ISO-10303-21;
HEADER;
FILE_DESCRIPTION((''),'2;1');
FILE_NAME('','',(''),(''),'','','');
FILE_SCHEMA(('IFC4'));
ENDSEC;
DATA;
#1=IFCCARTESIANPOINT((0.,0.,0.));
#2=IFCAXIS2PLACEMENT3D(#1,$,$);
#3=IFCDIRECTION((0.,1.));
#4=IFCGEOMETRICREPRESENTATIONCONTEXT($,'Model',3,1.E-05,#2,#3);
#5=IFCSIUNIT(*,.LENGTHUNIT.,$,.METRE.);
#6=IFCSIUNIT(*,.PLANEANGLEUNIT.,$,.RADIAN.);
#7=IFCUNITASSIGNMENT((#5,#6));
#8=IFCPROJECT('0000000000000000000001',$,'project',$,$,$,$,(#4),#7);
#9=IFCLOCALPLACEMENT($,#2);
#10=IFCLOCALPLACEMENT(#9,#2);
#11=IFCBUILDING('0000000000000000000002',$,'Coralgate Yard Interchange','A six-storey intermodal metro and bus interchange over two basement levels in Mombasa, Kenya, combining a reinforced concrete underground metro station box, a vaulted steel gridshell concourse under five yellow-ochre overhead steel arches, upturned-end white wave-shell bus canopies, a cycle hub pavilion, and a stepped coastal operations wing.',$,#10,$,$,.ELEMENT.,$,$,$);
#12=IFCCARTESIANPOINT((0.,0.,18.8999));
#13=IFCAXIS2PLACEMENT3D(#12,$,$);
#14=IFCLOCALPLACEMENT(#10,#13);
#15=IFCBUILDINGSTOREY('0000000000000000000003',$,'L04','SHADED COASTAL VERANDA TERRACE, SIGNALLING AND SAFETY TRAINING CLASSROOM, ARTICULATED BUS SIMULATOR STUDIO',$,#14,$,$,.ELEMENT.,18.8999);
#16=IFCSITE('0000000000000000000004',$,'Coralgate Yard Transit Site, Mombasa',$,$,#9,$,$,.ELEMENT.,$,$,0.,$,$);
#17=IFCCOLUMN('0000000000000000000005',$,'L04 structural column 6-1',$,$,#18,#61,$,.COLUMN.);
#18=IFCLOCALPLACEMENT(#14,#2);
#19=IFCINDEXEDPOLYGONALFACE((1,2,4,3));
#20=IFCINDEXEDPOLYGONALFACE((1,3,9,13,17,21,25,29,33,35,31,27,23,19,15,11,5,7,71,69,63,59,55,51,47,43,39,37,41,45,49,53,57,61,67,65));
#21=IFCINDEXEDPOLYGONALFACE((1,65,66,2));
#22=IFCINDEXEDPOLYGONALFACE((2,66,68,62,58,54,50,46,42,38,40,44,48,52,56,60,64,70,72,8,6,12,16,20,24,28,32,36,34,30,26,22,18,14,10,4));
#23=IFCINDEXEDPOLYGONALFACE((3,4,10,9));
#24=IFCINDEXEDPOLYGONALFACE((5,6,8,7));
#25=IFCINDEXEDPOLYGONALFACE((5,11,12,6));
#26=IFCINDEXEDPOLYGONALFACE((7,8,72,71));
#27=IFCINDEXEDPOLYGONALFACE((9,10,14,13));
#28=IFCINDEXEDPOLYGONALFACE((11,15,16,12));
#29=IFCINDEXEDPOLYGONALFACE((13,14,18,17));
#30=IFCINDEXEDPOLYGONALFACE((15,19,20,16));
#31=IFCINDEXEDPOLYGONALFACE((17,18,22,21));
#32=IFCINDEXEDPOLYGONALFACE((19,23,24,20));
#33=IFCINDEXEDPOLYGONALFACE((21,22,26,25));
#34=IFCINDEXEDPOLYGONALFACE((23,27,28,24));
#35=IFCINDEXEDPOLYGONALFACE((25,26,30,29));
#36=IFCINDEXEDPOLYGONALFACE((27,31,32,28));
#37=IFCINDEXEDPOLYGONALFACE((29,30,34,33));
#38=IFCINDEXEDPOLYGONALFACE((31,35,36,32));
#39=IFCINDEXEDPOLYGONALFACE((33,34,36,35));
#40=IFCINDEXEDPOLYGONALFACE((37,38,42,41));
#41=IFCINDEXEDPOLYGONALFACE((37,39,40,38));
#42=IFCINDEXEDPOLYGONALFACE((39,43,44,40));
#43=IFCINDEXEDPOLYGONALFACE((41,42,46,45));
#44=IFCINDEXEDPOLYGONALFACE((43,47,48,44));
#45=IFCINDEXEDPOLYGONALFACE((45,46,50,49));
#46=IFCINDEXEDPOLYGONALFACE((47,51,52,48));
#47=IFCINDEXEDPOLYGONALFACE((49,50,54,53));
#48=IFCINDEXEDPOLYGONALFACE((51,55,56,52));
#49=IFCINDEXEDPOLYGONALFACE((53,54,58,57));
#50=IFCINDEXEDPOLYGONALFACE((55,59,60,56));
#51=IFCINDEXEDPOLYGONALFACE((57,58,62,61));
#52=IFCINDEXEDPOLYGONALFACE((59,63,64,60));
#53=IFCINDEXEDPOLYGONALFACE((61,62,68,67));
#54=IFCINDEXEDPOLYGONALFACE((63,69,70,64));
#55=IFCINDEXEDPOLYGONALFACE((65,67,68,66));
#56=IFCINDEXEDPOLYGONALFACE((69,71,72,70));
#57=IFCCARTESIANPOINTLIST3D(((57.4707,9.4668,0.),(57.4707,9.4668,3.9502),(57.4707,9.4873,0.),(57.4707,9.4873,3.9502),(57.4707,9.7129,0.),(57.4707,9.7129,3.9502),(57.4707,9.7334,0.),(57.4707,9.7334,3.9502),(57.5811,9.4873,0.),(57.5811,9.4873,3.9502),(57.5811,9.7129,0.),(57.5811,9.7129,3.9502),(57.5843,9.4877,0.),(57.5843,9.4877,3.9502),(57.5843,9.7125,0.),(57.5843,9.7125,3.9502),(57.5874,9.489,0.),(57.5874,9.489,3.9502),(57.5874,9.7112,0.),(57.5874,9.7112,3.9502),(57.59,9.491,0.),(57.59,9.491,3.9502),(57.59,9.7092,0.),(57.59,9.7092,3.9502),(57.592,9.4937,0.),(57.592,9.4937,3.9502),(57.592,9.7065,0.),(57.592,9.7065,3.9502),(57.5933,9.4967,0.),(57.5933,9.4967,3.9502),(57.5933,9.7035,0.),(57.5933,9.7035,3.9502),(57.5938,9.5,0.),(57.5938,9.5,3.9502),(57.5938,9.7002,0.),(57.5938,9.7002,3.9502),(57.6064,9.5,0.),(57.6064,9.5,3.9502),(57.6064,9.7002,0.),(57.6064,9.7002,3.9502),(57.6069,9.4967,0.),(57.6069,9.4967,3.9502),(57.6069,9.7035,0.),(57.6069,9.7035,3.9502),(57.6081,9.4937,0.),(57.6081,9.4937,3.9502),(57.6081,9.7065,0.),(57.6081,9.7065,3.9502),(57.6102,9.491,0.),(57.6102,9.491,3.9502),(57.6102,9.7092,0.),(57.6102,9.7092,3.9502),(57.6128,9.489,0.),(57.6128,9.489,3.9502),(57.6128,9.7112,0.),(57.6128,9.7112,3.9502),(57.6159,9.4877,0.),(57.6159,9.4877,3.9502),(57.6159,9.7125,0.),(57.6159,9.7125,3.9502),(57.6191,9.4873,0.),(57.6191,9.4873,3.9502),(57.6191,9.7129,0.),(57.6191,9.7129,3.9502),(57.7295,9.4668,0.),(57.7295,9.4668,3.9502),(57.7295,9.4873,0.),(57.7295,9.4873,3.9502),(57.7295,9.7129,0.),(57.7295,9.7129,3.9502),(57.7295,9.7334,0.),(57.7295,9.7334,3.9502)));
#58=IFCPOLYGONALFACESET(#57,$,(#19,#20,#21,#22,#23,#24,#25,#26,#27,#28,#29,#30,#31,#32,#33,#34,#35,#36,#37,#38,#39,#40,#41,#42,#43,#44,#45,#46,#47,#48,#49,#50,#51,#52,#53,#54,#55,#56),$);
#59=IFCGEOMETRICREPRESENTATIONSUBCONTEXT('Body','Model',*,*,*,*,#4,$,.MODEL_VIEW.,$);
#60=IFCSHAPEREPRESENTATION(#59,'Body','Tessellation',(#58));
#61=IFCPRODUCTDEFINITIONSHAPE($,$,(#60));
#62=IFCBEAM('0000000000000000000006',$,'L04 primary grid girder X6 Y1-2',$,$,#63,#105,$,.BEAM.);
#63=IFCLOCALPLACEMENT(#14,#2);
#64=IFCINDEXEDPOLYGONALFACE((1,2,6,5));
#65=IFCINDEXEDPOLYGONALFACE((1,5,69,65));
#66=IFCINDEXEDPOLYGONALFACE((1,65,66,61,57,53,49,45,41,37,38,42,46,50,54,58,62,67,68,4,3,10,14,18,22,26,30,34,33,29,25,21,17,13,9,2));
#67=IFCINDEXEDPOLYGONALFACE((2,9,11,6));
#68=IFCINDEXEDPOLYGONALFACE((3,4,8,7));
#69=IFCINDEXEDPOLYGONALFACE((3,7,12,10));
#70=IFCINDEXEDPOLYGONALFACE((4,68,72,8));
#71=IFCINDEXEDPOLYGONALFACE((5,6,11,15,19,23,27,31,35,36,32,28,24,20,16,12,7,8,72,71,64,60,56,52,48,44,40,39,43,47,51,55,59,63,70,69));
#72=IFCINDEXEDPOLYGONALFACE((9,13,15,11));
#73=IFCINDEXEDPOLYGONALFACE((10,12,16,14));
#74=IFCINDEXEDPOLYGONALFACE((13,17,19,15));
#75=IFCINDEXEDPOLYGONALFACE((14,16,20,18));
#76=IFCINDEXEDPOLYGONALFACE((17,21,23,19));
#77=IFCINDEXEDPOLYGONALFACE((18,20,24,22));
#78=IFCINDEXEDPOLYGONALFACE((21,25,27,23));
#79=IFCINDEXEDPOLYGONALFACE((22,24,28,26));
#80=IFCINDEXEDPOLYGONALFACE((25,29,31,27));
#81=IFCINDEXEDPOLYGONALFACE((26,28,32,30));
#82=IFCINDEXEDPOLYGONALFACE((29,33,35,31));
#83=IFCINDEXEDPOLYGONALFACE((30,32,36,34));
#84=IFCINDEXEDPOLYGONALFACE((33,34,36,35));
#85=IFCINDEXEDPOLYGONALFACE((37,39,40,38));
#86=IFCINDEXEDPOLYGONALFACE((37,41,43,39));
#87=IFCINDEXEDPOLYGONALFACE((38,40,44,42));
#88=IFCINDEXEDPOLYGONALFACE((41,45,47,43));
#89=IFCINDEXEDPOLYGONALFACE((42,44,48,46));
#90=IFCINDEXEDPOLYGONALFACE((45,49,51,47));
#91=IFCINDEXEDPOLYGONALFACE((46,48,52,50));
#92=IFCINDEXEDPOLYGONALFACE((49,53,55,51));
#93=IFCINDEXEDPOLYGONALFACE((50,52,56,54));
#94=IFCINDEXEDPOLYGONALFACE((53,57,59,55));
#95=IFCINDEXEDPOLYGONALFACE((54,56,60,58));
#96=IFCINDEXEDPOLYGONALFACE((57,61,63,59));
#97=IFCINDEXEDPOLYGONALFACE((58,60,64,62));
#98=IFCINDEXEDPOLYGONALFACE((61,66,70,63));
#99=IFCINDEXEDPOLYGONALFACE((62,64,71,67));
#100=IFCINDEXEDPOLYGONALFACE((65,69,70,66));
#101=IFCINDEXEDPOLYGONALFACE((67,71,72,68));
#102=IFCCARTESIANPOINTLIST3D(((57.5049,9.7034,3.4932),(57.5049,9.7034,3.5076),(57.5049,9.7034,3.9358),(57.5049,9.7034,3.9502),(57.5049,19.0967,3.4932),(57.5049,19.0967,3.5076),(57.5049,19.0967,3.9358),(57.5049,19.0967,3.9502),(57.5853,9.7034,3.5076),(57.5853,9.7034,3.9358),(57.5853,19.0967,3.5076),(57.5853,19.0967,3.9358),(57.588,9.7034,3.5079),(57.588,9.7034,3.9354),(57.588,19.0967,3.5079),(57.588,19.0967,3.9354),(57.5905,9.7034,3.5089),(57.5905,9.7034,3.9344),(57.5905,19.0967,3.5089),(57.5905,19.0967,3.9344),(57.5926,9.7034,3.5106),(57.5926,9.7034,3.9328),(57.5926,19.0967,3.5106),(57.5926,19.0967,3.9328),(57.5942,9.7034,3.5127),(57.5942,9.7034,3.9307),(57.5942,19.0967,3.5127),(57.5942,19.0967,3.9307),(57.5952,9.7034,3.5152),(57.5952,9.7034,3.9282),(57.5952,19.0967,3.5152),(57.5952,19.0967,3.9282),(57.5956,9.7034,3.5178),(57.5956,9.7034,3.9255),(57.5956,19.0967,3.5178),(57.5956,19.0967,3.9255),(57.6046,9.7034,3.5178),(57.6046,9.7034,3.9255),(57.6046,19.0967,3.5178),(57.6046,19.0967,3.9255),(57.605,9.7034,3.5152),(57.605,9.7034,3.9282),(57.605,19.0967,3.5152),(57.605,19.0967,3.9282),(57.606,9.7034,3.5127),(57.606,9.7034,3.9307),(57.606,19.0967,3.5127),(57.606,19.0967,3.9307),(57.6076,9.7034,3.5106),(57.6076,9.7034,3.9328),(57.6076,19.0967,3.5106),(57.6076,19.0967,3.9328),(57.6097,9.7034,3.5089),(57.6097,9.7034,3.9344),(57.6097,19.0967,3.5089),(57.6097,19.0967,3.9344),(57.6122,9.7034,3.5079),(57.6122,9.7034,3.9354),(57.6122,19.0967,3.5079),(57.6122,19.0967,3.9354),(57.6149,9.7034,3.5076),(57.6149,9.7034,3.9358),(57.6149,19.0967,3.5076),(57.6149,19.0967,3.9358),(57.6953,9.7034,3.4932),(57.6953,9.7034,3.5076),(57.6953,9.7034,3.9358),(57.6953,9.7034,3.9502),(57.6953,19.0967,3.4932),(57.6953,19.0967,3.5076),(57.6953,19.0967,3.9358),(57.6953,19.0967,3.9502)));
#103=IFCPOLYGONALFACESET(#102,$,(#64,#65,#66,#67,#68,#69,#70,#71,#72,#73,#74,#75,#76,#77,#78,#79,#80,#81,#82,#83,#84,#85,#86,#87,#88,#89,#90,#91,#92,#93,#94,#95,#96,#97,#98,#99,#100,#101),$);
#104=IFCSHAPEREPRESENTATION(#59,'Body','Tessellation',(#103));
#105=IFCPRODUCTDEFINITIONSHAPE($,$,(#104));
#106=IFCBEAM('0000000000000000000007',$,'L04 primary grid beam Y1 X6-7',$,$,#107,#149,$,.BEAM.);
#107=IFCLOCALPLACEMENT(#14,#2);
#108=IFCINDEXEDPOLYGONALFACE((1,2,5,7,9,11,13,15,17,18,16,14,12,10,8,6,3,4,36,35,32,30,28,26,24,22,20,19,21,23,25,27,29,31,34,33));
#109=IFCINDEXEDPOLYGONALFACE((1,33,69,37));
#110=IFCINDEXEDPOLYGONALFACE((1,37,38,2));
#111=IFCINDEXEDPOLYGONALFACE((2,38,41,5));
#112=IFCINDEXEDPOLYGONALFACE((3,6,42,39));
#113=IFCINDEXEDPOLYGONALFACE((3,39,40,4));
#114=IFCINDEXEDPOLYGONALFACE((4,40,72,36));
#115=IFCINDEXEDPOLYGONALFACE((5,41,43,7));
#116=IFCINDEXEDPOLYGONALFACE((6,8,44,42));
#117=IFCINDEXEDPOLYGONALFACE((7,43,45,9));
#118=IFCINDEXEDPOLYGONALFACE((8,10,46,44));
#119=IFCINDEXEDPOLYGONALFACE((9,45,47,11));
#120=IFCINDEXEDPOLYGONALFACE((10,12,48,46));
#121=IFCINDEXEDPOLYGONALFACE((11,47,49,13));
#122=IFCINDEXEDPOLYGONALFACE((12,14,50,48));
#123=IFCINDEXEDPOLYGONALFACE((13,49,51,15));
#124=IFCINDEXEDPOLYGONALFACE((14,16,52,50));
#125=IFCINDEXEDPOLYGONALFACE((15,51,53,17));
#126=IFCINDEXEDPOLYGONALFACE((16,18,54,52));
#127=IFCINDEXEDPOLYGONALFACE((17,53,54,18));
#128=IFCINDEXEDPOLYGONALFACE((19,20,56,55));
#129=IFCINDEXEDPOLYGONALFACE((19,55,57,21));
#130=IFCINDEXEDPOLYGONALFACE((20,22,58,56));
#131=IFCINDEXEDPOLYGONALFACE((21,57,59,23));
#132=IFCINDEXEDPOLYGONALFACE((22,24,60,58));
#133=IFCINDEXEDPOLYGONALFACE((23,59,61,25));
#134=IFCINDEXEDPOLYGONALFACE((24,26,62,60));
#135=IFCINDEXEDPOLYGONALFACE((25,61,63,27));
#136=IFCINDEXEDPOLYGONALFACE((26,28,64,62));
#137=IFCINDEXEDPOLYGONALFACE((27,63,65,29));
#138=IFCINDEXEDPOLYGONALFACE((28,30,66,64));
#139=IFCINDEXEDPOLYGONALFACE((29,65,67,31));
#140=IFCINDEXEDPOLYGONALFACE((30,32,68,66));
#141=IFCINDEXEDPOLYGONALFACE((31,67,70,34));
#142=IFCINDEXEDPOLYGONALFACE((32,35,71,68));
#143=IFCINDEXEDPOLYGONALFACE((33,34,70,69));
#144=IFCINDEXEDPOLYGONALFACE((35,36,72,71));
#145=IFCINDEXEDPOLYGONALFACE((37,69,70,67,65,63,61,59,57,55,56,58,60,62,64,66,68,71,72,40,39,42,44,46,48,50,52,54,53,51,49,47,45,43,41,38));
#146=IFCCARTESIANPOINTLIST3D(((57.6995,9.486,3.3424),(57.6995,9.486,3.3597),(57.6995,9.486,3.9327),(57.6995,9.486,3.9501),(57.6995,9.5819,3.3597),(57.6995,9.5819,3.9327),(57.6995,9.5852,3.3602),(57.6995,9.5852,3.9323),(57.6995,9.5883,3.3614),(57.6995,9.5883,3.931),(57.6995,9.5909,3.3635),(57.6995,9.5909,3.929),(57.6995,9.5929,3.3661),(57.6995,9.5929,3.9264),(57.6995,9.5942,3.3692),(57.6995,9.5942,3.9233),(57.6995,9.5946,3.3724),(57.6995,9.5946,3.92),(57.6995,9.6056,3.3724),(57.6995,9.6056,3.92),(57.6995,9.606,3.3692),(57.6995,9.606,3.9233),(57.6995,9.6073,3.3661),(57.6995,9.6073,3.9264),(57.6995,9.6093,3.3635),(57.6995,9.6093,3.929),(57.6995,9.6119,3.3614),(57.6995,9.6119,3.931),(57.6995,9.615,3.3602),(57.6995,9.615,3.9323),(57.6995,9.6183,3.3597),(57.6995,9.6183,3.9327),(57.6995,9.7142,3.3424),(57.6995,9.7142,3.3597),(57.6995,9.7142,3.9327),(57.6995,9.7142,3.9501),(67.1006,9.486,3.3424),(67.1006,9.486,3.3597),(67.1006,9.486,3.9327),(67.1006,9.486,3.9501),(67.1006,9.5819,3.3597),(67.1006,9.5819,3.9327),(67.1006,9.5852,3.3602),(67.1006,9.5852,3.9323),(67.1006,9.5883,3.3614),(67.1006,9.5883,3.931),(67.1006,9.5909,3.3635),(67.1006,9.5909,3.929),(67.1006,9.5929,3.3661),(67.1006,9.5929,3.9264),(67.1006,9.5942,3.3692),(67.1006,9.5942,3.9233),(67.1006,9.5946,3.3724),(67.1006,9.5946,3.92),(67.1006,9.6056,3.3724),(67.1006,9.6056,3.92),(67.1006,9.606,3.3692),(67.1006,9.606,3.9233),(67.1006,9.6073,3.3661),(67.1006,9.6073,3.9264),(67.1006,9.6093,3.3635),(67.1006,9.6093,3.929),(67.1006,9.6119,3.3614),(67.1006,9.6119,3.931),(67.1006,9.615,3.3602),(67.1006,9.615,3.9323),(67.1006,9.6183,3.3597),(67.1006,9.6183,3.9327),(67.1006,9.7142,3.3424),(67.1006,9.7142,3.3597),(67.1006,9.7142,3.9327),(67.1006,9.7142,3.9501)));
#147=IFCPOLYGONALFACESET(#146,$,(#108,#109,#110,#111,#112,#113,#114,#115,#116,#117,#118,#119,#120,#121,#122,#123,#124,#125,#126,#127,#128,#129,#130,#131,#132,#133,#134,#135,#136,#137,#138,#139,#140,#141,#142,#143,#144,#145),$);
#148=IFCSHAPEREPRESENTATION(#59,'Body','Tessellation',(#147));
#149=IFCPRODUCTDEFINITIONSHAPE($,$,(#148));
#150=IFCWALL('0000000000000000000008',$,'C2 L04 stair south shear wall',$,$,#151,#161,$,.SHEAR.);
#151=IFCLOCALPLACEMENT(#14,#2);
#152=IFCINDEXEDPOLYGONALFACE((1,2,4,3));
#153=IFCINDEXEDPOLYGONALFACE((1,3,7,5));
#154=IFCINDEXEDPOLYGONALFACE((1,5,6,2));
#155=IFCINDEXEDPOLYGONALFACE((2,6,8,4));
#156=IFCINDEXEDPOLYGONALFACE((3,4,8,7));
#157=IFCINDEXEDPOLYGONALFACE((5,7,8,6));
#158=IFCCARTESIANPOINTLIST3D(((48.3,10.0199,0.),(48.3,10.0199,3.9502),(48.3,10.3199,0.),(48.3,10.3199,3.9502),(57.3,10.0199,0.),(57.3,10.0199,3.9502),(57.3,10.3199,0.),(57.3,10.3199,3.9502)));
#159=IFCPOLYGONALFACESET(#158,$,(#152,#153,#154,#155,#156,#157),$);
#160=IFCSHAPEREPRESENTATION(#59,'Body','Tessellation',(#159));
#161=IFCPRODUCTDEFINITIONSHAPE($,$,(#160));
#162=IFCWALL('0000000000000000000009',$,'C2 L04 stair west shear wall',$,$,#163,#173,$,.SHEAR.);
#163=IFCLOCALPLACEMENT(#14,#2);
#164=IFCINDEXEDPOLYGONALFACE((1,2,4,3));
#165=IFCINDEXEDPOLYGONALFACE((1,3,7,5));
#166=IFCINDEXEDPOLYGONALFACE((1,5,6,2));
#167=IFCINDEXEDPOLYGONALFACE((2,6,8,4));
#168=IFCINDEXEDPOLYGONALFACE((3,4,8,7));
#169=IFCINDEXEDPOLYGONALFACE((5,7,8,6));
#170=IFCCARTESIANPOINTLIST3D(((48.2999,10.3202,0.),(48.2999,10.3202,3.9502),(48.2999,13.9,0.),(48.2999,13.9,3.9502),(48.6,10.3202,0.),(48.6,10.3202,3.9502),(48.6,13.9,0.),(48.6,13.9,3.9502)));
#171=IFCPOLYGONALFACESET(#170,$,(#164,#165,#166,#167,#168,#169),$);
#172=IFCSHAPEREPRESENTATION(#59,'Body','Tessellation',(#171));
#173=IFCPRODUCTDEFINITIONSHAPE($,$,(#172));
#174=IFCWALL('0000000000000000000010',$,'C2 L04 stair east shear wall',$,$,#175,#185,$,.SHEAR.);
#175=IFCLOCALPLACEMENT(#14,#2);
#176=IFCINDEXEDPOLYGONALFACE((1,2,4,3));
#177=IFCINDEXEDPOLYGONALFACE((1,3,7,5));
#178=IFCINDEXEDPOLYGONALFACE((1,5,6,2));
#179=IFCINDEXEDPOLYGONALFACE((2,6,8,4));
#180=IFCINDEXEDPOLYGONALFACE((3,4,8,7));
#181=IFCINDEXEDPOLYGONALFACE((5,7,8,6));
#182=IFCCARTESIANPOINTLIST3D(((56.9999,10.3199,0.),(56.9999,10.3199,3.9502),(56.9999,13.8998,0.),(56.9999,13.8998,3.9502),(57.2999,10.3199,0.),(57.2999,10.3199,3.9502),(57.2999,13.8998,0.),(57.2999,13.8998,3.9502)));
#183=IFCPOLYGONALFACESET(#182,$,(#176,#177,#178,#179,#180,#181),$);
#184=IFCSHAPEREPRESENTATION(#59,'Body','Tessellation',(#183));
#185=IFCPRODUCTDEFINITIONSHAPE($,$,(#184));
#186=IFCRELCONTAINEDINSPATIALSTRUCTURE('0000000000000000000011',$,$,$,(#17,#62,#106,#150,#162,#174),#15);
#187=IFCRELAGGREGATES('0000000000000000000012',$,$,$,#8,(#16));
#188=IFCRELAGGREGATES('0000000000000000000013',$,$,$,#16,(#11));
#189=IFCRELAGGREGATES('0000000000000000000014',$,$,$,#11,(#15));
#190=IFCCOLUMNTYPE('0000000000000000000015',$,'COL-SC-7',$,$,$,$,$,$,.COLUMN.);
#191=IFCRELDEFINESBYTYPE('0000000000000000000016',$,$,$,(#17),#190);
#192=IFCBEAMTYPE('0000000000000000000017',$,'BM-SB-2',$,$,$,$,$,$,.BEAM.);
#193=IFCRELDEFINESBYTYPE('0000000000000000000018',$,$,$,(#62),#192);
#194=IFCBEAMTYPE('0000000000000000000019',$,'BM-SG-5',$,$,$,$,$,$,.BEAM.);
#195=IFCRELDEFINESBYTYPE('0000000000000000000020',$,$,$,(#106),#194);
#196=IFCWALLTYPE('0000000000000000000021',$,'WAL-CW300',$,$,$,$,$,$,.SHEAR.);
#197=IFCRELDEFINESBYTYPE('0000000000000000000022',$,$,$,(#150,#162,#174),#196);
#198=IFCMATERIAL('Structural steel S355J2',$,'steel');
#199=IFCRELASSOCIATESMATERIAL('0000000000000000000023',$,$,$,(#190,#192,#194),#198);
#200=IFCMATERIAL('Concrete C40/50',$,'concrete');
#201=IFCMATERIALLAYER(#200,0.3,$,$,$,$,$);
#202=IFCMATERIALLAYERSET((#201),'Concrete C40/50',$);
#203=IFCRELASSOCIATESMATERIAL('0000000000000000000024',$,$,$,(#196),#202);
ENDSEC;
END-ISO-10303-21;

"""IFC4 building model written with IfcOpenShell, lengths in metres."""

from ifc_helpers import new_model, si_unit, direction, frame, frame_2d, origin, origin_2d, place, context, subcontext, project, spatial, rectangle, i_section, extrude, material, layer, layer_set, material_profile, profile_set, type_object, element, save


model = new_model("IFC4")

# Units and contexts
model_context = context("Model", 3, precision=1e-05, world=origin(), true_north=direction((0.0, 1.0)))
body_context = subcontext(model_context, "Body", "Model", "MODEL_VIEW")
ifc_project = project(units=[si_unit("LENGTHUNIT", "METRE"), si_unit("PLANEANGLEUNIT", "RADIAN")], contexts=[model_context])

# Site, building, storey
site_placement = place(None, origin())
site = spatial("IfcSite", under=ifc_project, at=site_placement, Name="Coralgate Yard Transit Site, Mombasa", CompositionType="ELEMENT", RefElevation=0.0)
building_placement = place(site_placement, origin())
building = spatial("IfcBuilding", under=site, at=building_placement, Name="Coralgate Yard Interchange", Description="A six-storey intermodal metro and bus interchange over two basement levels in Mombasa, Kenya, combining a reinforced concrete underground metro station box, a vaulted steel gridshell concourse under five yellow-ochre overhead steel arches, upturned-end white wave-shell bus canopies, a cycle hub pavilion, and a stepped coastal operations wing.", CompositionType="ELEMENT")
storey_placement = place(building_placement, frame((0.0, 0.0, 18.8999)))
storey = spatial("IfcBuildingStorey", under=building, at=storey_placement, Name="L04", Description="SHADED COASTAL VERANDA TERRACE, SIGNALLING AND SAFETY TRAINING CLASSROOM, ARTICULATED BUS SIMULATOR STUDIO", CompositionType="ELEMENT", Elevation=18.8999)

# Column
ifc_material_1 = material(Name="Structural steel S355J2", Category="steel")
ifc_material_profile_1 = material_profile(ifc_material_1, i_section(OverallWidth=0.2588, OverallDepth=0.2666, WebThickness=0.0127, FlangeThickness=0.0205, FilletRadius=0.0127, at=origin_2d()), Name="UC 254x254x107")
ifc_profile_set_1 = profile_set([ifc_material_profile_1], Name="Structural steel S355J2")
column_type = type_object("IfcColumnType", Name="COL-SC-7", PredefinedType="COLUMN", material=ifc_profile_set_1)
column_placement = place(storey_placement, frame((57.6001, 9.6001, 0.0), z_axis=(0.0, 0.0, 1.0), x_axis=(1.0, 0.0, 0.0)))
element("IfcColumn", 1, at=column_placement, inside=storey, type_object=column_type, Name="L04 structural column 6-1", PredefinedType="COLUMN", context=body_context, shape_type="SweptSolid", body=[
    extrude(i_section(OverallWidth=0.2588, OverallDepth=0.2666, WebThickness=0.0127, FlangeThickness=0.0205, FilletRadius=0.0127, at=origin_2d()), origin(), (0.0, 0.0, 1.0), 3.9502),
])

# Beams
ifc_material_profile_2 = material_profile(ifc_material_1, i_section(OverallWidth=0.1904, OverallDepth=0.457, WebThickness=0.009, FlangeThickness=0.0144, FilletRadius=0.0103, at=origin_2d()), Name="UB 457x191x74")
ifc_profile_set_2 = profile_set([ifc_material_profile_2], Name="Structural steel S355J2")
beam_type_1 = type_object("IfcBeamType", Name="BM-SB-2", PredefinedType="BEAM", material=ifc_profile_set_2)
beam_1_placement = place(storey_placement, frame((57.6001, 9.7034, 3.7217), z_axis=(0.0, 1.0, 0.0), x_axis=(-1.0, 0.0, 0.0)))
element("IfcBeam", 2, at=beam_1_placement, inside=storey, type_object=beam_type_1, Name="L04 primary grid girder X6 Y1-2", PredefinedType="BEAM", context=body_context, shape_type="SweptSolid", body=[
    extrude(i_section(OverallWidth=0.1904, OverallDepth=0.457, WebThickness=0.009, FlangeThickness=0.0144, FilletRadius=0.0103, at=origin_2d()), origin(), (0.0, 0.0, 1.0), 9.3933),
])
ifc_material_profile_3 = material_profile(ifc_material_1, i_section(OverallWidth=0.2283, OverallDepth=0.6077, WebThickness=0.011, FlangeThickness=0.0173, FilletRadius=0.0127, at=origin_2d()), Name="UB 610x229x113")
ifc_profile_set_3 = profile_set([ifc_material_profile_3], Name="Structural steel S355J2")
beam_type_2 = type_object("IfcBeamType", Name="BM-SG-5", PredefinedType="BEAM", material=ifc_profile_set_3)
beam_2_placement = place(storey_placement, frame((57.6995, 9.6001, 3.6462), z_axis=(1.0, 0.0, 0.0), x_axis=(0.0, 1.0, 0.0)))
element("IfcBeam", 3, at=beam_2_placement, inside=storey, type_object=beam_type_2, Name="L04 primary grid beam Y1 X6-7", PredefinedType="BEAM", context=body_context, shape_type="SweptSolid", body=[
    extrude(i_section(OverallWidth=0.2283, OverallDepth=0.6077, WebThickness=0.011, FlangeThickness=0.0173, FilletRadius=0.0127, at=origin_2d()), origin(), (0.0, 0.0, 1.0), 9.4011),
])

# Walls
ifc_material_2 = material(Name="Concrete C40/50", Category="concrete")
ifc_layer_1 = layer(ifc_material_2, 0.3)
ifc_layer_set_1 = layer_set([ifc_layer_1], Name="Concrete C40/50")
wall_type_1 = type_object("IfcWallType", Name="WAL-CW300", PredefinedType="SHEAR", material=ifc_layer_set_1)
wall_1_placement = place(storey_placement, frame((48.3, 10.1699, 0.0), z_axis=(0.0, 0.0, 1.0), x_axis=(1.0, 0.0, 0.0)))
element("IfcWall", 4, at=wall_1_placement, inside=storey, type_object=wall_type_1, Name="C2 L04 stair south shear wall", PredefinedType="SHEAR", context=body_context, shape_type="SweptSolid", body=[
    extrude(rectangle(XDim=9.0, YDim=0.3, at=frame_2d((4.5, 0.0))), origin(), (0.0, 0.0, 1.0), 3.9502),
])
for number, where, z_axis, x_axis, name in (
    (5, (48.45, 10.3201, 0.0), (0.0, 0.0, 1.0), (0.0, 1.0, 0.0), "C2 L04 stair west shear wall"),
    (6, (57.1499, 13.8999, 0.0), (0.0, 0.0, 1.0), (0.0, -1.0, 0.0), "C2 L04 stair east shear wall"),
):
    element("IfcWall", number, at=place(storey_placement, frame(where, z_axis=z_axis, x_axis=x_axis)), inside=storey, type_object=wall_type_1, Name=name, PredefinedType="SHEAR", context=body_context, shape_type="SweptSolid", body=[
        extrude(rectangle(XDim=3.5798, YDim=0.3, at=frame_2d((1.79, 0.0))), origin(), (0.0, 0.0, 1.0), 3.9502),
    ])

save(model, "model.ifc")
